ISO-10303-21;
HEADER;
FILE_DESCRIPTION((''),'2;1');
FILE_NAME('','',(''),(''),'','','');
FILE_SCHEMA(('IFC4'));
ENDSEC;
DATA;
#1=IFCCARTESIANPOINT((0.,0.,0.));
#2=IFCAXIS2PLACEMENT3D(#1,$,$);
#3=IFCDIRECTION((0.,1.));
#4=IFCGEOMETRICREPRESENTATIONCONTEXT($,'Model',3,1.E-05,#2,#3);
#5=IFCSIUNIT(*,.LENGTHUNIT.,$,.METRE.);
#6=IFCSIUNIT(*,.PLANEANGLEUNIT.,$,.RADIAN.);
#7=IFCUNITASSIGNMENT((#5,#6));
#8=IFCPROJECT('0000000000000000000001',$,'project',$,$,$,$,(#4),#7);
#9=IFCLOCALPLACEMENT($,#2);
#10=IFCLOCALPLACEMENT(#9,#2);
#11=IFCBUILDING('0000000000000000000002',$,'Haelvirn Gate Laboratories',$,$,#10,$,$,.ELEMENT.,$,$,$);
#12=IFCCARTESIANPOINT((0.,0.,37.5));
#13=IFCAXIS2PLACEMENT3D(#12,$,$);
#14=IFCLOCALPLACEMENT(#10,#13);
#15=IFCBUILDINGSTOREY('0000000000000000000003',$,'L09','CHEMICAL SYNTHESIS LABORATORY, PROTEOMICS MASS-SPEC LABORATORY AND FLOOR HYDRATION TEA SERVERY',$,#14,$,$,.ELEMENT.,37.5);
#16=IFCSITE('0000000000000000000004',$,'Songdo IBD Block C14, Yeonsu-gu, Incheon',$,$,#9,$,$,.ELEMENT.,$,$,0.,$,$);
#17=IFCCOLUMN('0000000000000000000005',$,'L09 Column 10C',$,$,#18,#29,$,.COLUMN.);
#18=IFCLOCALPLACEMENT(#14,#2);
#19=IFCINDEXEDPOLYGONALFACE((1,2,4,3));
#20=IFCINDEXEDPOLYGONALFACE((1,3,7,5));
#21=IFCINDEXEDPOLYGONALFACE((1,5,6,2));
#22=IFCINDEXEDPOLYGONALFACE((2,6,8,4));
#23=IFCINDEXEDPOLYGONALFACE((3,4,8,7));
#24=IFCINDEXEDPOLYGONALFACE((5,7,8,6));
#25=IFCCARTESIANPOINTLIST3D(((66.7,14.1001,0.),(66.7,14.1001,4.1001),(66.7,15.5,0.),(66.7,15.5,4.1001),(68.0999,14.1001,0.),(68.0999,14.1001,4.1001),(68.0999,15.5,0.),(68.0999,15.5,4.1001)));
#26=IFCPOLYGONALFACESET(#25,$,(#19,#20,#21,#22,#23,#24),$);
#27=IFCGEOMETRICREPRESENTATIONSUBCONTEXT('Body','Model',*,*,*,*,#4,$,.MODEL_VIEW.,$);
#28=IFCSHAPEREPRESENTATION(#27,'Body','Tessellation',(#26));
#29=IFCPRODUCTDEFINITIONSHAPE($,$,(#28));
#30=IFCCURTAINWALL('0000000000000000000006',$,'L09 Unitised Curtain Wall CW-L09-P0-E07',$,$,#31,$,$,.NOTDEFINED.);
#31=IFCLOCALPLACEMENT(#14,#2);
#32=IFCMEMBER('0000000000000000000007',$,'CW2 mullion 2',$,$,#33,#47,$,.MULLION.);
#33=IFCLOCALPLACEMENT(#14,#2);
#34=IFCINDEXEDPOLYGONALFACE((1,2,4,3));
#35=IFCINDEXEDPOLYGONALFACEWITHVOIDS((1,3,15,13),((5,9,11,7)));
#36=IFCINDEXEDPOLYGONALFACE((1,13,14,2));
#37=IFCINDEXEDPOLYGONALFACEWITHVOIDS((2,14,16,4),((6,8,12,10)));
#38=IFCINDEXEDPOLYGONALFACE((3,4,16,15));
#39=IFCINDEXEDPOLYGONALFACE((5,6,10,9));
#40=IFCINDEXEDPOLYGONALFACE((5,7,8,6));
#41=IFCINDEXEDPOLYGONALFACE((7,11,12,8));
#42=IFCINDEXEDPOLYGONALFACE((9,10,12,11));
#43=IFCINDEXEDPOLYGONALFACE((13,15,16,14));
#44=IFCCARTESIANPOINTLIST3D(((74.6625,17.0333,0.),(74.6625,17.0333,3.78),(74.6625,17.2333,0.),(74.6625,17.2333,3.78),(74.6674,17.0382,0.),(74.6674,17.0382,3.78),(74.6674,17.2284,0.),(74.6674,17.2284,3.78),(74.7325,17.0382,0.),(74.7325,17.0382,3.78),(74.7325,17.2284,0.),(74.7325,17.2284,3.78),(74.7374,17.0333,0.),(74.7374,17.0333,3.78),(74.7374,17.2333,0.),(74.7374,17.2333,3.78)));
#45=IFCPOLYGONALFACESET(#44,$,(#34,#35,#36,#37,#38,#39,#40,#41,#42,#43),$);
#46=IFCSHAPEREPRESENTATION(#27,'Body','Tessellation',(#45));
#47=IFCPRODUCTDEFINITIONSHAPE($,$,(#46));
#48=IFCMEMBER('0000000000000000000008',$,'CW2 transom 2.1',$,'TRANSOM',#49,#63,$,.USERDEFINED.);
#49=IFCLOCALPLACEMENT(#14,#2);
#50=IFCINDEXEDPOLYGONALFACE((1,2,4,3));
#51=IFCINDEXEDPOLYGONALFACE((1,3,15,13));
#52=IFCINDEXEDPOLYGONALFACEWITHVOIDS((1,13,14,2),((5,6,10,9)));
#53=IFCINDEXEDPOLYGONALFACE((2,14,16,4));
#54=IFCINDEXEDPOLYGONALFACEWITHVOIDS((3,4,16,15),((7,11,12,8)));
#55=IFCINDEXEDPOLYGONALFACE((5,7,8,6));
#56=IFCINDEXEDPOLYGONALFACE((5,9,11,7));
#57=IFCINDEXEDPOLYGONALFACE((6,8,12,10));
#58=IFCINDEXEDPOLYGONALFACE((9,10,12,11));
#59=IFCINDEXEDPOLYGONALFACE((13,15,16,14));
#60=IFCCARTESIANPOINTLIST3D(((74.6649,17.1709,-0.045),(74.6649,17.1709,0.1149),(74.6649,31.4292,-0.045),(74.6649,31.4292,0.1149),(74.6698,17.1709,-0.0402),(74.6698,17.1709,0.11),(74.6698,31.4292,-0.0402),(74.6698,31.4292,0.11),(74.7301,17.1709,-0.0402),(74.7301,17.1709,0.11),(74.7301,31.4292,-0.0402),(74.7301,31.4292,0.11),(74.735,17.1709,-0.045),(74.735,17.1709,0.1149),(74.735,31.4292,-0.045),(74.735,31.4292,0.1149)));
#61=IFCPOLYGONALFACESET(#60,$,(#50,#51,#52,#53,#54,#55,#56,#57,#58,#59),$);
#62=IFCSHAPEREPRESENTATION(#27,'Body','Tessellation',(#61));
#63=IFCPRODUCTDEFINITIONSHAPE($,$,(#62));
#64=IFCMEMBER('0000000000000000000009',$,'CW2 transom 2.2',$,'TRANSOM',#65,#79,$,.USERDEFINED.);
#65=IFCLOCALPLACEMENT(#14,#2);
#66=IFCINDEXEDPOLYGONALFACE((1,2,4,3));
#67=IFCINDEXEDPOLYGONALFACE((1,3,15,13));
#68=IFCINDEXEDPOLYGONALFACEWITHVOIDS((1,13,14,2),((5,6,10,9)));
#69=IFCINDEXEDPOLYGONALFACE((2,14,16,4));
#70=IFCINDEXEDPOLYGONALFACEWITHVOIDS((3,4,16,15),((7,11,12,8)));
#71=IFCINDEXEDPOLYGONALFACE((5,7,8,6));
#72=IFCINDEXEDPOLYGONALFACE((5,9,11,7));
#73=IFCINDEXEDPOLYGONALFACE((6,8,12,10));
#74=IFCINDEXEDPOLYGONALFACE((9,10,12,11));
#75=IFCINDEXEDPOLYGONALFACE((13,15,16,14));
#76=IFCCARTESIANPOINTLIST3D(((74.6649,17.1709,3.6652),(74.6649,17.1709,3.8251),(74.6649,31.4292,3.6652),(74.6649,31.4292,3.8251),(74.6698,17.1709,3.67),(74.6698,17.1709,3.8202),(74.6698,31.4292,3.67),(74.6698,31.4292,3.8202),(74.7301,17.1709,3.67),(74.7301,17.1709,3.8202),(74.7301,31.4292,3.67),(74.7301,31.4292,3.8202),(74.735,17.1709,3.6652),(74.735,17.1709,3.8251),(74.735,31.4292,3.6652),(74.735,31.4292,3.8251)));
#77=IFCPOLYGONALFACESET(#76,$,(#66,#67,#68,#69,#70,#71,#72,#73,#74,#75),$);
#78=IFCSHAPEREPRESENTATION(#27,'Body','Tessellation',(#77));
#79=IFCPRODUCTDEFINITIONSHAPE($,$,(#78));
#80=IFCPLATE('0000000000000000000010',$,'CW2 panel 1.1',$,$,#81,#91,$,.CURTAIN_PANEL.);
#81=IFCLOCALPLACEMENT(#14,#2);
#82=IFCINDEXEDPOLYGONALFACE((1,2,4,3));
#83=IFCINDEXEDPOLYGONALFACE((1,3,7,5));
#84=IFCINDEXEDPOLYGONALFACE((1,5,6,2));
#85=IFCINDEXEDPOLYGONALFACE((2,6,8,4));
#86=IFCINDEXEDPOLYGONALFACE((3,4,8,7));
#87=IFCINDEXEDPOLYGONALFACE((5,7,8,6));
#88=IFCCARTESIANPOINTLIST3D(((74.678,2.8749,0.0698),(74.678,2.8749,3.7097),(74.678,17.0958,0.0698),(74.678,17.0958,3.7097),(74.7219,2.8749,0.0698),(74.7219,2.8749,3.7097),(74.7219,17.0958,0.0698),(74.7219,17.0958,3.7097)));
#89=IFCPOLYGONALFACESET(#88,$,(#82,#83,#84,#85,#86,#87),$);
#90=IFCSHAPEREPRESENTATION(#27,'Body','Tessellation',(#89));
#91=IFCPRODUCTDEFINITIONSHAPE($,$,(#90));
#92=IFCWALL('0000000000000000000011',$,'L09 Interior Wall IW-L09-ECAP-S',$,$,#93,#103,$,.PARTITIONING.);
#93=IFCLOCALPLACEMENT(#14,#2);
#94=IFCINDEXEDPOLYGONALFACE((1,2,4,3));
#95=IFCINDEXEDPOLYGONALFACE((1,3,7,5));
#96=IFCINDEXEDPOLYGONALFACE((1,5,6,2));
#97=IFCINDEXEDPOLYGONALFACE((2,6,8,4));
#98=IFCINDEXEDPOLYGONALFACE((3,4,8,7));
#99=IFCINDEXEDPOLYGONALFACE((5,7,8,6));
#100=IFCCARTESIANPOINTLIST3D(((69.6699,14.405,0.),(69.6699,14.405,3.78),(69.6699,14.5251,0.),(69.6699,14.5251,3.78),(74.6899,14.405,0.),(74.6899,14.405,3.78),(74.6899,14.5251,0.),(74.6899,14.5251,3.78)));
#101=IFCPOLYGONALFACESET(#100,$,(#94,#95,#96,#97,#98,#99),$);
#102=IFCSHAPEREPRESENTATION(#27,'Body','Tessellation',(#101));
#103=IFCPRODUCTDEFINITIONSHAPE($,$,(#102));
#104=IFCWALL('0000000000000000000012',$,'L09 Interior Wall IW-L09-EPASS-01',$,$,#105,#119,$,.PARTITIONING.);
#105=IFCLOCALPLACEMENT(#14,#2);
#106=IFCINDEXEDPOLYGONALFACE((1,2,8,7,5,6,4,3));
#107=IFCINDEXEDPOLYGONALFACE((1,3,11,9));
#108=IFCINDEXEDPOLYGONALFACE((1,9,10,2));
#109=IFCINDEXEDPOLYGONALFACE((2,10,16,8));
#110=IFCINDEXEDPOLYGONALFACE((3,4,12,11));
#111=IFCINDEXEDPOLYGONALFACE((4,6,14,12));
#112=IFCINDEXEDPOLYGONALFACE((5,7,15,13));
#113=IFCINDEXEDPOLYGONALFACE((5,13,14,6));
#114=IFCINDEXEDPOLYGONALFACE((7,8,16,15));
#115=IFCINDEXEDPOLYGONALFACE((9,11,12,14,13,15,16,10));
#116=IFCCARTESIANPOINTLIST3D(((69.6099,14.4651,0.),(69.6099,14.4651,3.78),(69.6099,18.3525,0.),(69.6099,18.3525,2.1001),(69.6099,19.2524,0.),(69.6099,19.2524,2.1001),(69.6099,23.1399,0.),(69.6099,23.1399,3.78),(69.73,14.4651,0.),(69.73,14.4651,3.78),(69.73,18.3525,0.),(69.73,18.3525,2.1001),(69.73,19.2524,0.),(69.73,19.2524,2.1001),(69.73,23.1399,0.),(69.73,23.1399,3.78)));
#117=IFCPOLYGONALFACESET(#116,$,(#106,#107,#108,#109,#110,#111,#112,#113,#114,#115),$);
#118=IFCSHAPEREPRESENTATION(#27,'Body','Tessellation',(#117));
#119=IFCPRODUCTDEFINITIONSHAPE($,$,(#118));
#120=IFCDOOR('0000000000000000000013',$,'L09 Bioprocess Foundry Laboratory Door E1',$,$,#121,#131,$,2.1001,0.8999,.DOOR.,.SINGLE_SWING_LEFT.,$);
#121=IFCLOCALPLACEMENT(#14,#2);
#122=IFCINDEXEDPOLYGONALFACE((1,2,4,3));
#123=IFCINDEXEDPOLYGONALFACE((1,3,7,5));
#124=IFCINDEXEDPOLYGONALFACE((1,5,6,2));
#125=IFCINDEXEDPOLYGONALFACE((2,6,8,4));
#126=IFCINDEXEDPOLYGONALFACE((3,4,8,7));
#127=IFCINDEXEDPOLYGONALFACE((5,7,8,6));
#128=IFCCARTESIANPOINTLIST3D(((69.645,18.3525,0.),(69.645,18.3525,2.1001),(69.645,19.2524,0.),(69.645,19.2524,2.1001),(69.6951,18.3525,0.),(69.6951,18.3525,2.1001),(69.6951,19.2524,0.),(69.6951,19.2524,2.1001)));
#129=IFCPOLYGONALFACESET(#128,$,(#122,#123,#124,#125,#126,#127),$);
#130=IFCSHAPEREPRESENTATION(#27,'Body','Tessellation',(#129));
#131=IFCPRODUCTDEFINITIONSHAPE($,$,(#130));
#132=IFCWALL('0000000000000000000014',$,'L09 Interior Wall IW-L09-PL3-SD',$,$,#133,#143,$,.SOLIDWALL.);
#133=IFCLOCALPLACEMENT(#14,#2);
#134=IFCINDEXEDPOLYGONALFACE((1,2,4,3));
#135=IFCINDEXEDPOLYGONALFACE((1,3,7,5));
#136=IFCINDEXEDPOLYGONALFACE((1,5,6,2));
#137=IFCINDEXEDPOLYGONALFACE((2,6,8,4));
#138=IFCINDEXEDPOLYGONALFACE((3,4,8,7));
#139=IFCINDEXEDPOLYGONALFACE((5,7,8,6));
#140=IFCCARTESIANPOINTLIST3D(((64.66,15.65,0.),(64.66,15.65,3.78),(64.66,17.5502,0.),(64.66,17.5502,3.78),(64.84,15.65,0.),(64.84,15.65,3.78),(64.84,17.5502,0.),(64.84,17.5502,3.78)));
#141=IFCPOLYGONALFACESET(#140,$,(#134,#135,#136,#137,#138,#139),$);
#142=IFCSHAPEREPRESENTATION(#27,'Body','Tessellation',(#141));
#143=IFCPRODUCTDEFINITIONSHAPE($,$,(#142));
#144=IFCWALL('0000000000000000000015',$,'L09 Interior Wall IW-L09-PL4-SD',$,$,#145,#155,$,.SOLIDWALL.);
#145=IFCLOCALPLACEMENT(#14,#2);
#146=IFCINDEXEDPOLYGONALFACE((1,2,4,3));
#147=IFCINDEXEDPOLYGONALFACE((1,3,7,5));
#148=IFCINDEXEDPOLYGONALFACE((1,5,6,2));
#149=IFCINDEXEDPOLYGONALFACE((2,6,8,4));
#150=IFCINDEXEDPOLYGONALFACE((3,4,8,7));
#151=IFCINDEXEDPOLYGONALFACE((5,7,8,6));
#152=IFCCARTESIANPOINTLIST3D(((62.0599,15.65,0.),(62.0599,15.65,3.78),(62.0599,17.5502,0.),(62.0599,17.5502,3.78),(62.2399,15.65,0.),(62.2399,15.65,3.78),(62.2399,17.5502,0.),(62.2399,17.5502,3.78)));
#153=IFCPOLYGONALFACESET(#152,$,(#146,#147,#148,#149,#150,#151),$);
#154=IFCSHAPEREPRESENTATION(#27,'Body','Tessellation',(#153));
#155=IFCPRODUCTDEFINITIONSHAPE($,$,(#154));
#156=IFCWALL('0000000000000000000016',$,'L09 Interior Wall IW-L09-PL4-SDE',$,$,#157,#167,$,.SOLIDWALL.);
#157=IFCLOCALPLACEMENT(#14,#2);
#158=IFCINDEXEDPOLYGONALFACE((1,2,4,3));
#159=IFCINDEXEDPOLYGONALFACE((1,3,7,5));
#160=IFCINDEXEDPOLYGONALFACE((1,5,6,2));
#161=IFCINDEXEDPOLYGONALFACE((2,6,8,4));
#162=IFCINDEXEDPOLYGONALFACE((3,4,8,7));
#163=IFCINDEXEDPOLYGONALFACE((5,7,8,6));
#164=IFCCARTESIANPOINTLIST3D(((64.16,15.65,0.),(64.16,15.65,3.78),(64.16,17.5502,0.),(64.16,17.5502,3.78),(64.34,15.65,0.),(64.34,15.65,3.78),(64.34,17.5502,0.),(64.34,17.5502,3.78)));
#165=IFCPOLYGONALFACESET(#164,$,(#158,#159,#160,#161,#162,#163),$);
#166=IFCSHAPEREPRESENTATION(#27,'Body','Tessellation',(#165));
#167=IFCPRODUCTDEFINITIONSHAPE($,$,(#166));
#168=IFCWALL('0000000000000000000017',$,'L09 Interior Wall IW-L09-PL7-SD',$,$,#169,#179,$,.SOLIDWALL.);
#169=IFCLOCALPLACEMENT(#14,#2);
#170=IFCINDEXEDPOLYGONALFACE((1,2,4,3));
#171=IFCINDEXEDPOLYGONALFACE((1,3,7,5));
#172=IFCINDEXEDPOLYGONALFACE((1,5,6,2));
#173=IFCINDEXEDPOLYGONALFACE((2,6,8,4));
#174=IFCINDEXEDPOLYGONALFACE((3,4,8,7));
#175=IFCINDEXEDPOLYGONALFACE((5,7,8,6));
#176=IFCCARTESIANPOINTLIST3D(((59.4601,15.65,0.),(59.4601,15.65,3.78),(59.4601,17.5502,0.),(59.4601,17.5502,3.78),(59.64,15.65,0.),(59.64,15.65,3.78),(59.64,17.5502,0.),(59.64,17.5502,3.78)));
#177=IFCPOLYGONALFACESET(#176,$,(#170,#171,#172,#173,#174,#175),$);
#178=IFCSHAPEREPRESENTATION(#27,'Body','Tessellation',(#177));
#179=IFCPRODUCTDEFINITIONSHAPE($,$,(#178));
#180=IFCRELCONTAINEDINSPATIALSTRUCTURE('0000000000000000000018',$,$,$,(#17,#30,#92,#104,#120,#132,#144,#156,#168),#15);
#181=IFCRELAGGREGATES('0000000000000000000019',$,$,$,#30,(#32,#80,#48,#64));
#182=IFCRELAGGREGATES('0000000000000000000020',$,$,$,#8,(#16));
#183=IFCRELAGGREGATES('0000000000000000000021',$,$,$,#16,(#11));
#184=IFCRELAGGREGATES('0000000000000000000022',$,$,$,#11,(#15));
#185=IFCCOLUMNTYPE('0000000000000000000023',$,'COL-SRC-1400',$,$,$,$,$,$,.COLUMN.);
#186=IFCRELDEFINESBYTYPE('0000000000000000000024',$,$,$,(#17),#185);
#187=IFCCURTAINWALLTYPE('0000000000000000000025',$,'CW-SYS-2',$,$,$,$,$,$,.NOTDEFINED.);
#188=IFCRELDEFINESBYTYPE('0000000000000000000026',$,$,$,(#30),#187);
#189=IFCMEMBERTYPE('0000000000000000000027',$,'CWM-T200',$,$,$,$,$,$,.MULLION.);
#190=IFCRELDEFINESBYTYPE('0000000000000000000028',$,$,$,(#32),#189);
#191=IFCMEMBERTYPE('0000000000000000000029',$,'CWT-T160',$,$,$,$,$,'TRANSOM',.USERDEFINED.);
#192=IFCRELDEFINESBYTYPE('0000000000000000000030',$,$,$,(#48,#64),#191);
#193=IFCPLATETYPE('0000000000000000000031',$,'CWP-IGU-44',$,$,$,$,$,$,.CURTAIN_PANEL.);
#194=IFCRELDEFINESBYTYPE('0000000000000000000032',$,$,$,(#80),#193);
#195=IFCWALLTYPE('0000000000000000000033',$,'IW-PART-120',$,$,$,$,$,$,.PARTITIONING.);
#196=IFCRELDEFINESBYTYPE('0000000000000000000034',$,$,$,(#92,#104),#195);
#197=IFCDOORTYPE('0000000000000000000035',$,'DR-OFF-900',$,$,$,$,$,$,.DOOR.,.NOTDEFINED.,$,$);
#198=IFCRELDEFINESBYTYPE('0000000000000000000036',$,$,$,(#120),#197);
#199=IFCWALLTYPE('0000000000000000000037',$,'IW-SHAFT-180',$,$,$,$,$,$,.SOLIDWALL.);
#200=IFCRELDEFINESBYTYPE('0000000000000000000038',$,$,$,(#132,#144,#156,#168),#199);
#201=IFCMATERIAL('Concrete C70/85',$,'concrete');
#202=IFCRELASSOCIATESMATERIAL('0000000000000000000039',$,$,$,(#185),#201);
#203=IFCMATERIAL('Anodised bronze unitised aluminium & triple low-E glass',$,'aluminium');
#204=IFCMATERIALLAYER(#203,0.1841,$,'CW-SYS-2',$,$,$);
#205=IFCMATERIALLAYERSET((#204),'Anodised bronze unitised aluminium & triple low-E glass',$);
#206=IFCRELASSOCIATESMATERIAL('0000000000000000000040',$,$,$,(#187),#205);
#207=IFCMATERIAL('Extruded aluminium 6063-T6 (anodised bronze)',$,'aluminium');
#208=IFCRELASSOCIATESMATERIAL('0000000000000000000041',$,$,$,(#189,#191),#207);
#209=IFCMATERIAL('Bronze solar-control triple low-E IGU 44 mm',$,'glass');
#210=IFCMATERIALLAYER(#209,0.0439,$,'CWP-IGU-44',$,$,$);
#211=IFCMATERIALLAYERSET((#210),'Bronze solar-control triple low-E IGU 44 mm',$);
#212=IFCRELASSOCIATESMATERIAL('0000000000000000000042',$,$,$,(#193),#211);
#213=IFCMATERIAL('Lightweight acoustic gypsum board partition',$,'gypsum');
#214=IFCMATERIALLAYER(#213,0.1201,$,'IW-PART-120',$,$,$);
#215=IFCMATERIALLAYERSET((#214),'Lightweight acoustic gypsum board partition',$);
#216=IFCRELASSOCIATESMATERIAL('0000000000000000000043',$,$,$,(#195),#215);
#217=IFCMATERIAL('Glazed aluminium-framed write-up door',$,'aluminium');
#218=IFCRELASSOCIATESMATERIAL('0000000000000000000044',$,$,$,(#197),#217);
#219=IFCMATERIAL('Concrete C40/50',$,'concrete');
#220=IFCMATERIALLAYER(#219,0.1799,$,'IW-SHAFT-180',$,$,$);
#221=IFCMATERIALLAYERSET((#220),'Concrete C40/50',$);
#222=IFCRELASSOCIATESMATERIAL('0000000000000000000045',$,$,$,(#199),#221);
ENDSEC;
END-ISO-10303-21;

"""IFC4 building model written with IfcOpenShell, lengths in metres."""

from ifc_helpers import new_model, si_unit, direction, frame, frame_2d, origin, origin_2d, place, context, subcontext, project, spatial, rectangle, hollow_rectangle, extrude, source, transform, mapped, material, layer, layer_set, material_profile, profile_set, type_object, type_shapes, element, fill, aggregate, save


model = new_model("IFC4")

# Units and contexts
model_context = context("Model", 3, precision=1e-05, world=origin(), true_north=direction((0.0, 1.0)))
body_context = subcontext(model_context, "Body", "Model", "MODEL_VIEW")
ifc_project = project(units=[si_unit("LENGTHUNIT", "METRE"), si_unit("PLANEANGLEUNIT", "RADIAN")], contexts=[model_context])

# Site, building, storey
site_placement = place(None, origin())
site = spatial("IfcSite", under=ifc_project, at=site_placement, Name="Songdo IBD Block C14, Yeonsu-gu, Incheon", CompositionType="ELEMENT", RefElevation=0.0)
building_placement = place(site_placement, origin())
building = spatial("IfcBuilding", under=site, at=building_placement, Name="Haelvirn Gate Laboratories", CompositionType="ELEMENT")
storey_placement = place(building_placement, frame((0.0, 0.0, 37.5)))
storey = spatial("IfcBuildingStorey", under=building, at=storey_placement, Name="L09", Description="CHEMICAL SYNTHESIS LABORATORY, PROTEOMICS MASS-SPEC LABORATORY AND FLOOR HYDRATION TEA SERVERY", CompositionType="ELEMENT", Elevation=37.5)

# Column
ifc_material_1 = material(Name="Concrete C70/85", Category="concrete")
ifc_material_profile_1 = material_profile(ifc_material_1, rectangle(XDim=1.3999, YDim=1.3999, at=origin_2d()), Name="SRC-1400x1400")
ifc_profile_set_1 = profile_set([ifc_material_profile_1], Name="Concrete C70/85")
column_type = type_object("IfcColumnType", Name="COL-SRC-1400", PredefinedType="COLUMN", material=ifc_profile_set_1)
shared_shape_1 = source(origin(), body_context, "Body", "SweptSolid", [
    extrude(rectangle(XDim=1.3999, YDim=1.3999, at=origin_2d()), origin(), (0.0, 0.0, 1.0), 4.1001),
])
type_shapes(column_type, [shared_shape_1])
column_placement = place(storey_placement, frame((67.3999, 14.8, 0.0), z_axis=(0.0, 0.0, 1.0), x_axis=(1.0, 0.0, 0.0)))
element("IfcColumn", 1, at=column_placement, inside=storey, type_object=column_type, Name="L09 Column 10C", PredefinedType="COLUMN", context=body_context, shape_type="MappedRepresentation", body=[
    mapped(shared_shape_1, transform((0.0, 0.0, 0.0), scale=1.0)),
])

# Curtain wall, members, plate
ifc_material_2 = material(Name="Anodised bronze unitised aluminium & triple low-E glass", Category="aluminium")
ifc_layer_1 = layer(ifc_material_2, 0.1841, Name="CW-SYS-2")
ifc_layer_set_1 = layer_set([ifc_layer_1], Name="Anodised bronze unitised aluminium & triple low-E glass")
curtain_wall_type = type_object("IfcCurtainWallType", Name="CW-SYS-2", PredefinedType="NOTDEFINED", material=ifc_layer_set_1)
curtain_wall_placement = place(storey_placement, origin())
curtain_wall = element("IfcCurtainWall", 2, at=curtain_wall_placement, inside=storey, type_object=curtain_wall_type, Name="L09 Unitised Curtain Wall CW-L09-P0-E07", PredefinedType="NOTDEFINED")
ifc_material_3 = material(Name="Extruded aluminium 6063-T6 (anodised bronze)", Category="aluminium")
ifc_material_profile_2 = material_profile(ifc_material_3, hollow_rectangle(XDim=0.075, YDim=0.2, WallThickness=0.0049, at=origin_2d()), Name="CWM-200x75x5")
ifc_profile_set_2 = profile_set([ifc_material_profile_2], Name="Extruded aluminium 6063-T6 (anodised bronze)")
member_type_1 = type_object("IfcMemberType", Name="CWM-T200", PredefinedType="MULLION", material=ifc_profile_set_2)
shared_shape_2 = source(origin(), body_context, "Body", "SweptSolid", [
    extrude(hollow_rectangle(XDim=0.075, YDim=0.2, WallThickness=0.0049, at=origin_2d()), origin(), (0.0, 0.0, 1.0), 3.78),
])
type_shapes(member_type_1, [shared_shape_2])
member_1_placement = place(storey_placement, frame((74.7, 17.1333, 0.0), z_axis=(0.0, 0.0, 1.0), x_axis=(-1.0, 0.0, 0.0)))
member_1 = element("IfcMember", 3, at=member_1_placement, type_object=member_type_1, Name="CW2 mullion 2", PredefinedType="MULLION", context=body_context, shape_type="MappedRepresentation", body=[
    mapped(shared_shape_2, transform((0.0, 0.0, 0.0), scale=1.0)),
])
ifc_material_profile_3 = material_profile(ifc_material_3, hollow_rectangle(XDim=0.0701, YDim=0.1599, WallThickness=0.0049, at=origin_2d()), Name="CWT-160x70x5")
ifc_profile_set_3 = profile_set([ifc_material_profile_3], Name="Extruded aluminium 6063-T6 (anodised bronze)")
member_type_2 = type_object("IfcMemberType", Name="CWT-T160", ElementType="TRANSOM", PredefinedType="USERDEFINED", material=ifc_profile_set_3)
shared_shape_3 = source(origin(), body_context, "Body", "SweptSolid", [
    extrude(hollow_rectangle(XDim=0.0701, YDim=0.1599, WallThickness=0.0049, at=origin_2d()), origin(), (0.0, 0.0, 1.0), 14.2583),
])
type_shapes(member_type_2, [shared_shape_3])
member_2_placement = place(storey_placement, frame((74.7, 17.1709, 0.0349), z_axis=(0.0, 1.0, 0.0), x_axis=(-1.0, 0.0, 0.0)))
member_2 = element("IfcMember", 4, at=member_2_placement, type_object=member_type_2, Name="CW2 transom 2.1", ObjectType="TRANSOM", PredefinedType="USERDEFINED", context=body_context, shape_type="MappedRepresentation", body=[
    mapped(shared_shape_3, transform((0.0, 0.0, 0.0), scale=1.0)),
])
member_3_placement = place(storey_placement, frame((74.7, 17.1709, 3.7451), z_axis=(0.0, 1.0, 0.0), x_axis=(-1.0, 0.0, 0.0)))
member_3 = element("IfcMember", 5, at=member_3_placement, type_object=member_type_2, Name="CW2 transom 2.2", ObjectType="TRANSOM", PredefinedType="USERDEFINED", context=body_context, shape_type="MappedRepresentation", body=[
    mapped(shared_shape_3, transform((0.0, 0.0, 0.0), scale=1.0)),
])
ifc_material_4 = material(Name="Bronze solar-control triple low-E IGU 44 mm", Category="glass")
ifc_layer_2 = layer(ifc_material_4, 0.0439, Name="CWP-IGU-44")
ifc_layer_set_2 = layer_set([ifc_layer_2], Name="Bronze solar-control triple low-E IGU 44 mm")
plate_type = type_object("IfcPlateType", Name="CWP-IGU-44", PredefinedType="CURTAIN_PANEL", material=ifc_layer_set_2)
shared_shape_4 = source(origin(), body_context, "Body", "SweptSolid", [
    extrude(rectangle(XDim=14.2209, YDim=0.0439, at=origin_2d()), origin(), (0.0, 0.0, 1.0), 3.6399),
])
type_shapes(plate_type, [shared_shape_4])
plate_placement = place(storey_placement, frame((74.7, 9.9854, 0.0698), z_axis=(0.0, 0.0, 1.0), x_axis=(0.0, 1.0, 0.0)))
plate = element("IfcPlate", 6, at=plate_placement, type_object=plate_type, Name="CW2 panel 1.1", PredefinedType="CURTAIN_PANEL", context=body_context, shape_type="MappedRepresentation", body=[
    mapped(shared_shape_4, transform((0.0, 0.0, 0.0), scale=1.0)),
])
aggregate(curtain_wall, [member_1, plate, member_2, member_3])

# Wall
ifc_material_5 = material(Name="Lightweight acoustic gypsum board partition", Category="gypsum")
ifc_layer_3 = layer(ifc_material_5, 0.1201, Name="IW-PART-120")
ifc_layer_set_3 = layer_set([ifc_layer_3], Name="Lightweight acoustic gypsum board partition")
wall_type_1 = type_object("IfcWallType", Name="IW-PART-120", PredefinedType="PARTITIONING", material=ifc_layer_set_3)
wall_1_placement = place(storey_placement, frame((69.6699, 14.4651, 0.0), z_axis=(0.0, 0.0, 1.0), x_axis=(1.0, 0.0, 0.0)))
element("IfcWall", 7, at=wall_1_placement, inside=storey, type_object=wall_type_1, Name="L09 Interior Wall IW-L09-ECAP-S", PredefinedType="PARTITIONING", context=body_context, shape_type="SweptSolid", body=[
    extrude(rectangle(XDim=5.02, YDim=0.1201, at=frame_2d((2.51, 0.0))), origin(), (0.0, 0.0, 1.0), 3.78),
])

# Wall, opening, door
wall_2_placement = place(storey_placement, frame((69.6699, 14.4651, 0.0), z_axis=(0.0, 0.0, 1.0), x_axis=(0.0, 1.0, 0.0)))
wall_2 = element("IfcWall", 8, at=wall_2_placement, inside=storey, type_object=wall_type_1, Name="L09 Interior Wall IW-L09-EPASS-01", PredefinedType="PARTITIONING", context=body_context, shape_type="SweptSolid", body=[
    extrude(rectangle(XDim=8.6748, YDim=0.1201, at=frame_2d((4.3374, 0.0))), origin(), (0.0, 0.0, 1.0), 3.78),
])
opening_1_placement = place(wall_2_placement, frame((3.8875, 0.0, 0.0)))
opening_1 = element("IfcOpeningElement", 9, at=opening_1_placement, cuts=wall_2, PredefinedType="OPENING", context=body_context, shape_type="SweptSolid", body=[
    extrude(rectangle(XDim=0.8999, YDim=2.1001, at=frame_2d((0.45, 1.05))), frame((0.0, 0.0701, 0.0), z_axis=(0.0, -1.0, 0.0), x_axis=(1.0, 0.0, 0.0)), (0.0, 0.0, 1.0), 0.1401),
])
ifc_material_6 = material(Name="Glazed aluminium-framed write-up door", Category="aluminium")
door_type_1 = type_object("IfcDoorType", Name="DR-OFF-900", OperationType="NOTDEFINED", PredefinedType="DOOR", material=ifc_material_6)
shared_shape_5 = source(origin(), body_context, "Body", "SweptSolid", [
    extrude(rectangle(XDim=0.8999, YDim=2.1001, at=frame_2d((0.45, 1.05))), frame((0.0, 0.0249, 0.0), z_axis=(0.0, -1.0, 0.0), x_axis=(1.0, 0.0, 0.0)), (0.0, 0.0, 1.0), 0.05),
])
type_shapes(door_type_1, [shared_shape_5])
door_1_placement = place(opening_1_placement, origin())
door_1 = element("IfcDoor", 10, at=door_1_placement, inside=storey, type_object=door_type_1, Name="L09 Bioprocess Foundry Laboratory Door E1", OperationType="SINGLE_SWING_LEFT", OverallHeight=2.1001, OverallWidth=0.8999, PredefinedType="DOOR", context=body_context, shape_type="MappedRepresentation", body=[
    mapped(shared_shape_5, transform((0.0, 0.0, 0.0), scale=1.0)),
])
fill(opening_1, door_1)

# Walls
ifc_material_7 = material(Name="Concrete C40/50", Category="concrete")
ifc_layer_4 = layer(ifc_material_7, 0.1799, Name="IW-SHAFT-180")
ifc_layer_set_4 = layer_set([ifc_layer_4], Name="Concrete C40/50")
wall_type_2 = type_object("IfcWallType", Name="IW-SHAFT-180", PredefinedType="SOLIDWALL", material=ifc_layer_set_4)
for number, where, z_axis, x_axis, name in (
    (11, (64.75, 15.6499, 0.0), (0.0, 0.0, 1.0), (0.0, 1.0, 0.0), "L09 Interior Wall IW-L09-PL3-SD"),
    (12, (62.1499, 15.6499, 0.0), (0.0, 0.0, 1.0), (0.0, 1.0, 0.0), "L09 Interior Wall IW-L09-PL4-SD"),
    (13, (64.25, 15.6499, 0.0), (0.0, 0.0, 1.0), (0.0, 1.0, 0.0), "L09 Interior Wall IW-L09-PL4-SDE"),
    (14, (59.55, 15.6499, 0.0), (0.0, 0.0, 1.0), (0.0, 1.0, 0.0), "L09 Interior Wall IW-L09-PL7-SD"),
):
    element("IfcWall", number, at=place(storey_placement, frame(where, z_axis=z_axis, x_axis=x_axis)), inside=storey, type_object=wall_type_2, Name=name, PredefinedType="SOLIDWALL", context=body_context, shape_type="SweptSolid", body=[
        extrude(rectangle(XDim=1.9001, YDim=0.1799, at=frame_2d((0.9502, 0.0))), origin(), (0.0, 0.0, 1.0), 3.78),
    ])

save(model, "model.ifc")
